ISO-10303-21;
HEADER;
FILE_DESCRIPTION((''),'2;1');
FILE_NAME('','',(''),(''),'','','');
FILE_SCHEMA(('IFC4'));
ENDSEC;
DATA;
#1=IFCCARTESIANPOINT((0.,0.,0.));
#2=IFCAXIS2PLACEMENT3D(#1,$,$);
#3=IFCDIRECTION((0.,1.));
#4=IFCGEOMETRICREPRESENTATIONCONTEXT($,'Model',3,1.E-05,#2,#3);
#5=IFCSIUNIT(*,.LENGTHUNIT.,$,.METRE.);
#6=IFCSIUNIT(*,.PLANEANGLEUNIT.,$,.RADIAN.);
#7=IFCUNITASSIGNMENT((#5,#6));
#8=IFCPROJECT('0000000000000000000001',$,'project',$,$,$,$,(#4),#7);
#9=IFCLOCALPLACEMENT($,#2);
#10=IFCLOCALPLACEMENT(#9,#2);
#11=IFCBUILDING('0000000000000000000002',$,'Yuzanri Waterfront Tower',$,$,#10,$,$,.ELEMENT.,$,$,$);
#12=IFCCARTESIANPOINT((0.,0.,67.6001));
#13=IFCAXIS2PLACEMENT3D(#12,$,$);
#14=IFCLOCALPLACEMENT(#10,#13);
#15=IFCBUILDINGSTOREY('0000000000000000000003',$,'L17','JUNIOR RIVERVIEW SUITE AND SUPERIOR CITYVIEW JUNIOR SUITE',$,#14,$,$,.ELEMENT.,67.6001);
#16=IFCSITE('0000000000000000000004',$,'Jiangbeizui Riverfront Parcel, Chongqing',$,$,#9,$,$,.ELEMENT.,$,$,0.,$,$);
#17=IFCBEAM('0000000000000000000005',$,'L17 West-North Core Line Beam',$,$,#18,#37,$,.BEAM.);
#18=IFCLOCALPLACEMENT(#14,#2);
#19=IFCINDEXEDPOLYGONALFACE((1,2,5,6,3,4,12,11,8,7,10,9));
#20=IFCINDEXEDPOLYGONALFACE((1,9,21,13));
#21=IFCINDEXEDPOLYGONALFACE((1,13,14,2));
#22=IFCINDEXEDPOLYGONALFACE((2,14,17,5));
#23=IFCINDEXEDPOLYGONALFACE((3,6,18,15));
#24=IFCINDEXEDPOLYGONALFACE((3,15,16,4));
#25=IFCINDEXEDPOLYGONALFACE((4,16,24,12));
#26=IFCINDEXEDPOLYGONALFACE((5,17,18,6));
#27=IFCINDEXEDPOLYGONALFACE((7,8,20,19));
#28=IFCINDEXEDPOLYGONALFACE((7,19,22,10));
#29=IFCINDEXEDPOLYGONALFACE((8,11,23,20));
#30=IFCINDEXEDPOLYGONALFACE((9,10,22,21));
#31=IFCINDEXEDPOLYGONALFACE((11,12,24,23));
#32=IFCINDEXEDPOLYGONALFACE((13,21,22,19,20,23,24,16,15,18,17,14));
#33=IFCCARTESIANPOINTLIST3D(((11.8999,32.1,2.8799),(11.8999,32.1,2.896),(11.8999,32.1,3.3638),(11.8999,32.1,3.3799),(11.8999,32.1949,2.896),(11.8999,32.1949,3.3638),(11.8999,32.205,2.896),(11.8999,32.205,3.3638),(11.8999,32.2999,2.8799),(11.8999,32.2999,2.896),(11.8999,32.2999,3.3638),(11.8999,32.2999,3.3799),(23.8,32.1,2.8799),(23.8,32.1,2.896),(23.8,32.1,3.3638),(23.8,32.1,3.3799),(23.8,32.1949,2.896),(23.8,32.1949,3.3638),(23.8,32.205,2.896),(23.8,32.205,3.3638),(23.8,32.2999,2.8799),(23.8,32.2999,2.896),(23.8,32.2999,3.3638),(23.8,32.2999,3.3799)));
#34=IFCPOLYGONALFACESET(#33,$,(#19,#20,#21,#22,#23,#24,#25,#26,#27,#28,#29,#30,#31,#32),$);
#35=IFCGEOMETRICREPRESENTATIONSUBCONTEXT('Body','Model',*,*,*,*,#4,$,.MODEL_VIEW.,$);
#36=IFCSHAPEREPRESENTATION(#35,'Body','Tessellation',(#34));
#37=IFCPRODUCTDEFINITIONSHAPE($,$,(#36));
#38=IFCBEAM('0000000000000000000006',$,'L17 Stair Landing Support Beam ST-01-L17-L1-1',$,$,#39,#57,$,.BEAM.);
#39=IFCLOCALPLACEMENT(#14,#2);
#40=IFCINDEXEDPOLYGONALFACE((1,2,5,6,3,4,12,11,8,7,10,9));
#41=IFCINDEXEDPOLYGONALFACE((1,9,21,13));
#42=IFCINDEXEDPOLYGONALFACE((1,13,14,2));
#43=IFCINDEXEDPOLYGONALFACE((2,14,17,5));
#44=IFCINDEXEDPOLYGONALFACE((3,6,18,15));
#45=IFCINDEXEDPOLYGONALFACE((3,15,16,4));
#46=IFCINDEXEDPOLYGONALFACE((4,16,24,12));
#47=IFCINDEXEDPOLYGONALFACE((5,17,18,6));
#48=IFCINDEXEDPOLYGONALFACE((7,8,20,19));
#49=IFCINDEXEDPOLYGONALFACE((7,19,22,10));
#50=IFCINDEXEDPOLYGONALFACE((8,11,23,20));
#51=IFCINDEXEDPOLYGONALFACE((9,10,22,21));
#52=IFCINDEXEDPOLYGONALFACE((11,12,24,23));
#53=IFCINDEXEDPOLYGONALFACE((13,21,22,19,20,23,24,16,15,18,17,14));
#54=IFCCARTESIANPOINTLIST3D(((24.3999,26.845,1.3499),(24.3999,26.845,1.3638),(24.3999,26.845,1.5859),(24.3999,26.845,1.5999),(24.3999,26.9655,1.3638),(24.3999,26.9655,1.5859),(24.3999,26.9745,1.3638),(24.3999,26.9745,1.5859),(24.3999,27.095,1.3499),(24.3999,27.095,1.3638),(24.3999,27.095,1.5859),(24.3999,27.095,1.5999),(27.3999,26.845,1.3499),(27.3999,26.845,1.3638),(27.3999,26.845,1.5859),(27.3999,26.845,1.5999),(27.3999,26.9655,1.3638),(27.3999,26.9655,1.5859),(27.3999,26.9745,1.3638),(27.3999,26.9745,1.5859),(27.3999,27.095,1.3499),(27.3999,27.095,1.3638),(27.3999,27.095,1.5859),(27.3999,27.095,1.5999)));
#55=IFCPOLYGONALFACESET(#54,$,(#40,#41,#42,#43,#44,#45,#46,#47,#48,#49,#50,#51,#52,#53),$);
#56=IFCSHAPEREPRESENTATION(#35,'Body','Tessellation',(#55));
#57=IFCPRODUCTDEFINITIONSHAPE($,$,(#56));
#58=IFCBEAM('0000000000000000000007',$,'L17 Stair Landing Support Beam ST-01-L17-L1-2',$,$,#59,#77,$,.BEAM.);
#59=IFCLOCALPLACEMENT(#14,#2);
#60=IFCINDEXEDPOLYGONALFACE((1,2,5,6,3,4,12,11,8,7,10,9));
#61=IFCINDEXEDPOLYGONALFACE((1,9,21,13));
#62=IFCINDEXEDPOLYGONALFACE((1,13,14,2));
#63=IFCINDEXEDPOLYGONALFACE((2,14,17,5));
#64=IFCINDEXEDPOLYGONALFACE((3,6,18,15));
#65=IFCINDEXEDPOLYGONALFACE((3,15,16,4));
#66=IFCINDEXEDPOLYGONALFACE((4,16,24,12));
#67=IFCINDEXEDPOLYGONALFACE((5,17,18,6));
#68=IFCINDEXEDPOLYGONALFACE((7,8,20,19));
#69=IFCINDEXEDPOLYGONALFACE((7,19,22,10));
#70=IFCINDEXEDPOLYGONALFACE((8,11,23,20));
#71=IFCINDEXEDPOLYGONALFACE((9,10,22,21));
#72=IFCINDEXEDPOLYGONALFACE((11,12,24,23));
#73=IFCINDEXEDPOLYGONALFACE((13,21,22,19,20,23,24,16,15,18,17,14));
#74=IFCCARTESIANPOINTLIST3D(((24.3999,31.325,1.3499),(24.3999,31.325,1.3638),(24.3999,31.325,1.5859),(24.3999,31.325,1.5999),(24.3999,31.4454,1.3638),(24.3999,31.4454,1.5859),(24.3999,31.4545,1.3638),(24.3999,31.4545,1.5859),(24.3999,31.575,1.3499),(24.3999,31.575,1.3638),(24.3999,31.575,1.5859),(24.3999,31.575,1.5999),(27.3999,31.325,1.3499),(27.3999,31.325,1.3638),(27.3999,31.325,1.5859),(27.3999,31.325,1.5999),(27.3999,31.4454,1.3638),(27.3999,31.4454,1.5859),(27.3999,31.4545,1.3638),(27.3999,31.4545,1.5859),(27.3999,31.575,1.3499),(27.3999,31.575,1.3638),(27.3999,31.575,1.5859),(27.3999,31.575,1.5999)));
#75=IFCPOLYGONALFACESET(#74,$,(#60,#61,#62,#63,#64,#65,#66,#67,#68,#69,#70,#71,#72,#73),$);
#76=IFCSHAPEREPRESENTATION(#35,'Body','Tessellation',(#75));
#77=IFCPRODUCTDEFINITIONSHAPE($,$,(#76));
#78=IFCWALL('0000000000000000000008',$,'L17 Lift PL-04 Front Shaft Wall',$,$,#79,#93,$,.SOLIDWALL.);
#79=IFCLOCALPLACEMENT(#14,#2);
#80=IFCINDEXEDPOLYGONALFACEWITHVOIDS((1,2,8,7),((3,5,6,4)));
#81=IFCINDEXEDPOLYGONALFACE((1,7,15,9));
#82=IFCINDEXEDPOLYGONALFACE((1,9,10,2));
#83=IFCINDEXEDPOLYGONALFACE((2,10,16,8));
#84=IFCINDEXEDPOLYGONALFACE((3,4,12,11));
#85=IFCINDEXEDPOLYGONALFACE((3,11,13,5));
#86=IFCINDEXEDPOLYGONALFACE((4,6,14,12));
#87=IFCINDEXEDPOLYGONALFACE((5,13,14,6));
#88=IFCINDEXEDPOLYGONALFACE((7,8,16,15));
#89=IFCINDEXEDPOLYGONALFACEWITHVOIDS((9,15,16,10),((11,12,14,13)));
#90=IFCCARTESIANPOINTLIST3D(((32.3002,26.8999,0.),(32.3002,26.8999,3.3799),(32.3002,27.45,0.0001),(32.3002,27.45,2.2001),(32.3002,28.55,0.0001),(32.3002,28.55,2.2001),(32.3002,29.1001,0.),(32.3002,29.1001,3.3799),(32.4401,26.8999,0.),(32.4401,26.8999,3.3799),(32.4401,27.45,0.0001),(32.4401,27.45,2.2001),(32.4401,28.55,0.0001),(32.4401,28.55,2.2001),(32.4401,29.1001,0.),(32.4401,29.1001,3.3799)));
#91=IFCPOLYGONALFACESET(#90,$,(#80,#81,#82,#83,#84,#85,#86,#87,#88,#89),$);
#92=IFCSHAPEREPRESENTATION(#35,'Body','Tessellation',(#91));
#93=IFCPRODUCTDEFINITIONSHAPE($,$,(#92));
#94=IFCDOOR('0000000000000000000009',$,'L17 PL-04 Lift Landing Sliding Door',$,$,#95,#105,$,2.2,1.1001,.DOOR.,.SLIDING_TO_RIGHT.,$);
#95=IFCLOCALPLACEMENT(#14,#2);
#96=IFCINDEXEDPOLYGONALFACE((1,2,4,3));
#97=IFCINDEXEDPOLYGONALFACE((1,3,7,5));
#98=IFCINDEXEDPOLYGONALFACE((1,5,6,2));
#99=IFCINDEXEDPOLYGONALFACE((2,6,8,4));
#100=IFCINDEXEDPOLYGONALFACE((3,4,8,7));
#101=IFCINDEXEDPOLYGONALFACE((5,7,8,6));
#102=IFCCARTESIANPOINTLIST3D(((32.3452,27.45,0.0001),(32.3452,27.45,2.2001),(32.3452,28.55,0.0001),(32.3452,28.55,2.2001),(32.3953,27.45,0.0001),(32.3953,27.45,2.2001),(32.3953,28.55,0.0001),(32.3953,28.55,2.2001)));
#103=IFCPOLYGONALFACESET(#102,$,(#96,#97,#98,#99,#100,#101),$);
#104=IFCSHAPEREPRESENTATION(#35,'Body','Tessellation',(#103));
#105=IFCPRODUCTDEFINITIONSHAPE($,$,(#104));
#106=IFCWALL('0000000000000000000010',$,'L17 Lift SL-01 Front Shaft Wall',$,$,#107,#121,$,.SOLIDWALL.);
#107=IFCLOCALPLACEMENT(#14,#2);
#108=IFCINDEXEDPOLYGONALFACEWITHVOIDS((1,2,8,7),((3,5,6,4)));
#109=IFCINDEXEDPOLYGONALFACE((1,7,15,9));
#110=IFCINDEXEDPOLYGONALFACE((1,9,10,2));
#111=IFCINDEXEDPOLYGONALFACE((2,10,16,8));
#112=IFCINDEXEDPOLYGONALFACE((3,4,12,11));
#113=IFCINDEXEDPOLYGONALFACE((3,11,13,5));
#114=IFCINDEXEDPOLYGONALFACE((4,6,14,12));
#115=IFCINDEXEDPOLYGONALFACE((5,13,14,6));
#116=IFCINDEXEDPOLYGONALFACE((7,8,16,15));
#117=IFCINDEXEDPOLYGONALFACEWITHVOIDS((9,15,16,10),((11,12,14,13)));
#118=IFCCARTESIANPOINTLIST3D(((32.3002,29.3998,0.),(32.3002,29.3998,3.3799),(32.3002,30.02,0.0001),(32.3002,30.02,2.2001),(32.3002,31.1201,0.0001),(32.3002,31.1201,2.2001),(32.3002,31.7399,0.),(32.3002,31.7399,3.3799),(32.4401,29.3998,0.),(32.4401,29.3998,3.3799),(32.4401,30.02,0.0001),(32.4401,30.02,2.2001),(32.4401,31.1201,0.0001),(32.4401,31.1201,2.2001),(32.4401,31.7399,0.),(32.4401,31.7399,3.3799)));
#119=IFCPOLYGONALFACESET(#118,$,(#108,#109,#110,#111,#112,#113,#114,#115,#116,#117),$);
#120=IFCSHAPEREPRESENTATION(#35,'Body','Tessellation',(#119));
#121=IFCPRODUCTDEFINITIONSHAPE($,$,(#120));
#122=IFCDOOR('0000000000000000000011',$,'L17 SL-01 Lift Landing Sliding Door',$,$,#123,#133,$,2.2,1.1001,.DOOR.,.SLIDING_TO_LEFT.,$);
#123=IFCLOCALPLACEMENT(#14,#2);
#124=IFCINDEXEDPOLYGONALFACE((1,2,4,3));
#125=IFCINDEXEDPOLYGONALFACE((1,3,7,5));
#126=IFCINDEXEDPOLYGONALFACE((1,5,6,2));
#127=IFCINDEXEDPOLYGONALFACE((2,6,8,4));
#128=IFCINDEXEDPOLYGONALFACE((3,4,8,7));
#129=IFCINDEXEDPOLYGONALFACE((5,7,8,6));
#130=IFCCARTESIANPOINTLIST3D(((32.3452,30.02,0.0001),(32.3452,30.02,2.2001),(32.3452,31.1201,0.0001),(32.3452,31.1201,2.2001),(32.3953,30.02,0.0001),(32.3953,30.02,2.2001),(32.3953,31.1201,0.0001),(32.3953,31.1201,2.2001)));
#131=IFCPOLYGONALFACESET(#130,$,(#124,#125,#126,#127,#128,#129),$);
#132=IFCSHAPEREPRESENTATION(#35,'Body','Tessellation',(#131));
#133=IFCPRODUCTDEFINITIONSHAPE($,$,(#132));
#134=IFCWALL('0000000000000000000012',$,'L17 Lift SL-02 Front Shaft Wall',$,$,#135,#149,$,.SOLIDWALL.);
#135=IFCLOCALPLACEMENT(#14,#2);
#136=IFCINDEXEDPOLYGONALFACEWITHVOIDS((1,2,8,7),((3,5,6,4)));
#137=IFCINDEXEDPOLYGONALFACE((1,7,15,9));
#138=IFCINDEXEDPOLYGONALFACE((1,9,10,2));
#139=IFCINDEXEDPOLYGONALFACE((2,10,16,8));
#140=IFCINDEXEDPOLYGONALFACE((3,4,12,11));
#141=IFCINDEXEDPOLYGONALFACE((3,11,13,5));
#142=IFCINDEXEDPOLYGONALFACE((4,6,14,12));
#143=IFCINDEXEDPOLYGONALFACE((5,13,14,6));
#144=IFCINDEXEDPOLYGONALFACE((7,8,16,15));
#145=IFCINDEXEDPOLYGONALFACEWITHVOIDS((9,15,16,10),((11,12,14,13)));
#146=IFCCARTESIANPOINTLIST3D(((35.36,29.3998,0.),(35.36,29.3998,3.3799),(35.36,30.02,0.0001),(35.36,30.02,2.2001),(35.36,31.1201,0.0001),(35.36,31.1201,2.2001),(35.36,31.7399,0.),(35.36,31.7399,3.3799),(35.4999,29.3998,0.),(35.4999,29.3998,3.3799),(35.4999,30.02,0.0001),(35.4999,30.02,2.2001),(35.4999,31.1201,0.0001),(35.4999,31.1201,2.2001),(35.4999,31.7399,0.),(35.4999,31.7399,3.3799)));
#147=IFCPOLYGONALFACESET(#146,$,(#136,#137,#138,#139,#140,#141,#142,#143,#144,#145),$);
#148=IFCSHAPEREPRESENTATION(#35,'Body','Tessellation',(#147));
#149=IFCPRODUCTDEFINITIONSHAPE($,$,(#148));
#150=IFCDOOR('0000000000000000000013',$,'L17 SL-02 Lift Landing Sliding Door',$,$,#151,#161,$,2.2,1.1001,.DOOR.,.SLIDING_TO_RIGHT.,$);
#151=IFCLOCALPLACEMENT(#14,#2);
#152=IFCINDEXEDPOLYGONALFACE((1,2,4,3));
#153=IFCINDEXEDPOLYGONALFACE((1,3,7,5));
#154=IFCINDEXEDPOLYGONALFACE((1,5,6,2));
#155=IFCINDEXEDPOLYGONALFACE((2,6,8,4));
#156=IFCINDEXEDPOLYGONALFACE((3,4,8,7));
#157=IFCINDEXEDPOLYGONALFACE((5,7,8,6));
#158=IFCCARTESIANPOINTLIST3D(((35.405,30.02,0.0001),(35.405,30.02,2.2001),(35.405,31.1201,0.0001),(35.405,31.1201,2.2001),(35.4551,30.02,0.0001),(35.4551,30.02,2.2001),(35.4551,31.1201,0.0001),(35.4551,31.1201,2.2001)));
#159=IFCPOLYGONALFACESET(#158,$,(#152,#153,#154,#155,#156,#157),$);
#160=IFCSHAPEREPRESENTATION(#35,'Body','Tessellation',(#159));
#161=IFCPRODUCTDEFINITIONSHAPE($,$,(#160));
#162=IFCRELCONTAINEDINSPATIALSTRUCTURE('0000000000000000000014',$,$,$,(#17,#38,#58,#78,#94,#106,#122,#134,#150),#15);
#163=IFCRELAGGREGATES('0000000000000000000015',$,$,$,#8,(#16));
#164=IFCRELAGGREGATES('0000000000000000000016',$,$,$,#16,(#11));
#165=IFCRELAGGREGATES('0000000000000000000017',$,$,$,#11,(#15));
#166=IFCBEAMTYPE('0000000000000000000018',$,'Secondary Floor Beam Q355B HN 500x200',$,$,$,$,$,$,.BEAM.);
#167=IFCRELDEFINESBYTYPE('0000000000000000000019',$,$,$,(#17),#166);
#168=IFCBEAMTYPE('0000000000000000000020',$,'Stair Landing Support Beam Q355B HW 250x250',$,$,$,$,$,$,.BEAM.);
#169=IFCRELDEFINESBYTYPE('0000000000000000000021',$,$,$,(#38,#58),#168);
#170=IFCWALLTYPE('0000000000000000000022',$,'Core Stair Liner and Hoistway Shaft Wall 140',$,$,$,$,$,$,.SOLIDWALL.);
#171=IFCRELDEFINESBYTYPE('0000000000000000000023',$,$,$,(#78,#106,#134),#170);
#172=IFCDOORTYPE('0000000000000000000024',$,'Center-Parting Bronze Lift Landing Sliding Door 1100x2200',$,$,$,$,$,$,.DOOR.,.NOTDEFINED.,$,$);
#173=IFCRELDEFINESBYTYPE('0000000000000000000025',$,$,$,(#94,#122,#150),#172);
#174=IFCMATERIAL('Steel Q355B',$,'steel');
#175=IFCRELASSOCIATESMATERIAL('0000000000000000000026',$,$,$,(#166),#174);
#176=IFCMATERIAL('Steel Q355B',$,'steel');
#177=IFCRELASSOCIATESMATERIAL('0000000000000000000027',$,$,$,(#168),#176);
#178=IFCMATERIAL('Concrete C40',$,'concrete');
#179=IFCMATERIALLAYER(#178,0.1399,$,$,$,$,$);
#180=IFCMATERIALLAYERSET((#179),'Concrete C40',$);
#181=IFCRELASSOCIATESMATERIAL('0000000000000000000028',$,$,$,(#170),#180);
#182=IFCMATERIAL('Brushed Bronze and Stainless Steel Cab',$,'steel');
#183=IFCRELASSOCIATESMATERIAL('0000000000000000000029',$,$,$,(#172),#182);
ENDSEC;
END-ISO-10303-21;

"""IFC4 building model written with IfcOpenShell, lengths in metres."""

from ifc_helpers import new_model, si_unit, direction, frame, frame_2d, origin, origin_2d, place, context, subcontext, project, spatial, rectangle, i_section, extrude, source, transform, mapped, material, layer, layer_set, material_profile, profile_set, type_object, element, fill, save


model = new_model("IFC4")

# Units and contexts
model_context = context("Model", 3, precision=1e-05, world=origin(), true_north=direction((0.0, 1.0)))
body_context = subcontext(model_context, "Body", "Model", "MODEL_VIEW")
ifc_project = project(units=[si_unit("LENGTHUNIT", "METRE"), si_unit("PLANEANGLEUNIT", "RADIAN")], contexts=[model_context])

# Site, building, storey
site_placement = place(None, origin())
site = spatial("IfcSite", under=ifc_project, at=site_placement, Name="Jiangbeizui Riverfront Parcel, Chongqing", CompositionType="ELEMENT", RefElevation=0.0)
building_placement = place(site_placement, origin())
building = spatial("IfcBuilding", under=site, at=building_placement, Name="Yuzanri Waterfront Tower", CompositionType="ELEMENT")
storey_placement = place(building_placement, frame((0.0, 0.0, 67.6001)))
storey = spatial("IfcBuildingStorey", under=building, at=storey_placement, Name="L17", Description="JUNIOR RIVERVIEW SUITE AND SUPERIOR CITYVIEW JUNIOR SUITE", CompositionType="ELEMENT", Elevation=67.6001)

# Beams
ifc_material_1 = material(Name="Steel Q355B", Category="steel")
ifc_material_profile_1 = material_profile(ifc_material_1, i_section(OverallWidth=0.2, OverallDepth=0.5, WebThickness=0.01, FlangeThickness=0.0161, at=origin_2d()), Name="HN 500x200x10x16")
ifc_profile_set_1 = profile_set([ifc_material_profile_1], Name="Steel Q355B")
beam_type_1 = type_object("IfcBeamType", Name="Secondary Floor Beam Q355B HN 500x200", PredefinedType="BEAM", material=ifc_profile_set_1)
shared_shape_1 = source(origin(), body_context, "Body", "SweptSolid", [
    extrude(i_section(OverallWidth=0.2, OverallDepth=0.5, WebThickness=0.01, FlangeThickness=0.0161, at=origin_2d()), origin(), (0.0, 0.0, 1.0), 11.9001),
])
beam_placement = place(storey_placement, frame((23.8, 32.2, 3.1299), z_axis=(-1.0, 0.0, 0.0), x_axis=(0.0, -1.0, 0.0)))
element("IfcBeam", 1, at=beam_placement, inside=storey, type_object=beam_type_1, Name="L17 West-North Core Line Beam", PredefinedType="BEAM", context=body_context, shape_type="MappedRepresentation", body=[
    mapped(shared_shape_1, transform((0.0, 0.0, 0.0), scale=1.0)),
])
ifc_material_2 = material(Name="Steel Q355B", Category="steel")
ifc_material_profile_2 = material_profile(ifc_material_2, i_section(OverallWidth=0.25, OverallDepth=0.25, WebThickness=0.009, FlangeThickness=0.0139, at=origin_2d()), Name="HW 250x250x9x14")
ifc_profile_set_2 = profile_set([ifc_material_profile_2], Name="Steel Q355B")
beam_type_2 = type_object("IfcBeamType", Name="Stair Landing Support Beam Q355B HW 250x250", PredefinedType="BEAM", material=ifc_profile_set_2)
shared_shape_2 = source(origin(), body_context, "Body", "SweptSolid", [
    extrude(i_section(OverallWidth=0.25, OverallDepth=0.25, WebThickness=0.009, FlangeThickness=0.0139, at=origin_2d()), origin(), (0.0, 0.0, 1.0), 3.0),
])
for number, where, z_axis, x_axis, name in (
    (2, (24.3999, 26.97, 1.4749), (1.0, 0.0, 0.0), (0.0, 1.0, 0.0), "L17 Stair Landing Support Beam ST-01-L17-L1-1"),
    (3, (24.3999, 31.45, 1.4749), (1.0, 0.0, 0.0), (0.0, 1.0, 0.0), "L17 Stair Landing Support Beam ST-01-L17-L1-2"),
):
    element("IfcBeam", number, at=place(storey_placement, frame(where, z_axis=z_axis, x_axis=x_axis)), inside=storey, type_object=beam_type_2, Name=name, PredefinedType="BEAM", context=body_context, shape_type="MappedRepresentation", body=[
        mapped(shared_shape_2, transform((0.0, 0.0, 0.0), scale=1.0)),
    ])

# Walls, openings, doors
ifc_material_3 = material(Name="Concrete C40", Category="concrete")
ifc_layer_1 = layer(ifc_material_3, 0.1399)
ifc_layer_set_1 = layer_set([ifc_layer_1], Name="Concrete C40")
wall_type_1 = type_object("IfcWallType", Name="Core Stair Liner and Hoistway Shaft Wall 140", PredefinedType="SOLIDWALL", material=ifc_layer_set_1)
wall_1_placement = place(storey_placement, frame((32.3701, 26.8999, 0.0), z_axis=(0.0, 0.0, 1.0), x_axis=(0.0, 1.0, 0.0)))
wall_1 = element("IfcWall", 4, at=wall_1_placement, inside=storey, type_object=wall_type_1, Name="L17 Lift PL-04 Front Shaft Wall", PredefinedType="SOLIDWALL", context=body_context, shape_type="SweptSolid", body=[
    extrude(rectangle(XDim=2.2002, YDim=0.1399, at=frame_2d((1.1001, 0.0))), origin(), (0.0, 0.0, 1.0), 3.3799),
])
opening_1_placement = place(wall_1_placement, frame((0.55, 0.0, 0.0)))
opening_1 = element("IfcOpeningElement", 5, at=opening_1_placement, cuts=wall_1, PredefinedType="OPENING", context=body_context, shape_type="SweptSolid", body=[
    extrude(rectangle(XDim=1.1001, YDim=2.2, at=frame_2d((0.55, 1.1001))), frame((0.0, 0.085, 0.0), z_axis=(0.0, -1.0, 0.0), x_axis=(1.0, 0.0, 0.0)), (0.0, 0.0, 1.0), 0.1697),
])
ifc_material_4 = material(Name="Brushed Bronze and Stainless Steel Cab", Category="steel")
door_type_1 = type_object("IfcDoorType", Name="Center-Parting Bronze Lift Landing Sliding Door 1100x2200", OperationType="NOTDEFINED", PredefinedType="DOOR", material=ifc_material_4)
shared_shape_3 = source(origin(), body_context, "Body", "SweptSolid", [
    extrude(rectangle(XDim=1.1001, YDim=2.2, at=frame_2d((0.55, 1.1001))), frame((0.0, 0.0249, 0.0), z_axis=(0.0, -1.0, 0.0), x_axis=(1.0, 0.0, 0.0)), (0.0, 0.0, 1.0), 0.05),
])
door_1_placement = place(opening_1_placement, origin())
door_1 = element("IfcDoor", 6, at=door_1_placement, inside=storey, type_object=door_type_1, Name="L17 PL-04 Lift Landing Sliding Door", OperationType="SLIDING_TO_RIGHT", OverallHeight=2.2, OverallWidth=1.1001, PredefinedType="DOOR", context=body_context, shape_type="MappedRepresentation", body=[
    mapped(shared_shape_3, transform((0.0, 0.0, 0.0), scale=1.0)),
])
fill(opening_1, door_1)
wall_2_placement = place(storey_placement, frame((32.3701, 29.3999, 0.0), z_axis=(0.0, 0.0, 1.0), x_axis=(0.0, 1.0, 0.0)))
wall_2 = element("IfcWall", 7, at=wall_2_placement, inside=storey, type_object=wall_type_1, Name="L17 Lift SL-01 Front Shaft Wall", PredefinedType="SOLIDWALL", context=body_context, shape_type="SweptSolid", body=[
    extrude(rectangle(XDim=2.3401, YDim=0.1399, at=frame_2d((1.1699, 0.0))), origin(), (0.0, 0.0, 1.0), 3.3799),
])
opening_2_placement = place(wall_2_placement, frame((0.6201, 0.0, 0.0)))
opening_2 = element("IfcOpeningElement", 8, at=opening_2_placement, cuts=wall_2, PredefinedType="OPENING", context=body_context, shape_type="SweptSolid", body=[
    extrude(rectangle(XDim=1.1001, YDim=2.2, at=frame_2d((0.55, 1.1001))), frame((0.0, 0.085, 0.0), z_axis=(0.0, -1.0, 0.0), x_axis=(1.0, 0.0, 0.0)), (0.0, 0.0, 1.0), 0.1697),
])
door_2_placement = place(opening_2_placement, origin())
door_2 = element("IfcDoor", 9, at=door_2_placement, inside=storey, type_object=door_type_1, Name="L17 SL-01 Lift Landing Sliding Door", OperationType="SLIDING_TO_LEFT", OverallHeight=2.2, OverallWidth=1.1001, PredefinedType="DOOR", context=body_context, shape_type="MappedRepresentation", body=[
    mapped(shared_shape_3, transform((0.0, 0.0, 0.0), scale=1.0)),
])
fill(opening_2, door_2)
wall_3_placement = place(storey_placement, frame((35.4299, 29.3999, 0.0), z_axis=(0.0, 0.0, 1.0), x_axis=(0.0, 1.0, 0.0)))
wall_3 = element("IfcWall", 10, at=wall_3_placement, inside=storey, type_object=wall_type_1, Name="L17 Lift SL-02 Front Shaft Wall", PredefinedType="SOLIDWALL", context=body_context, shape_type="SweptSolid", body=[
    extrude(rectangle(XDim=2.3401, YDim=0.1399, at=frame_2d((1.1699, 0.0))), origin(), (0.0, 0.0, 1.0), 3.3799),
])
opening_3_placement = place(wall_3_placement, frame((0.6201, 0.0, 0.0)))
opening_3 = element("IfcOpeningElement", 11, at=opening_3_placement, cuts=wall_3, PredefinedType="OPENING", context=body_context, shape_type="SweptSolid", body=[
    extrude(rectangle(XDim=1.1001, YDim=2.2, at=frame_2d((0.55, 1.1001))), frame((0.0, 0.085, 0.0), z_axis=(0.0, -1.0, 0.0), x_axis=(1.0, 0.0, 0.0)), (0.0, 0.0, 1.0), 0.1697),
])
door_3_placement = place(opening_3_placement, origin())
door_3 = element("IfcDoor", 12, at=door_3_placement, inside=storey, type_object=door_type_1, Name="L17 SL-02 Lift Landing Sliding Door", OperationType="SLIDING_TO_RIGHT", OverallHeight=2.2, OverallWidth=1.1001, PredefinedType="DOOR", context=body_context, shape_type="MappedRepresentation", body=[
    mapped(shared_shape_3, transform((0.0, 0.0, 0.0), scale=1.0)),
])
fill(opening_3, door_3)

save(model, "model.ifc")
